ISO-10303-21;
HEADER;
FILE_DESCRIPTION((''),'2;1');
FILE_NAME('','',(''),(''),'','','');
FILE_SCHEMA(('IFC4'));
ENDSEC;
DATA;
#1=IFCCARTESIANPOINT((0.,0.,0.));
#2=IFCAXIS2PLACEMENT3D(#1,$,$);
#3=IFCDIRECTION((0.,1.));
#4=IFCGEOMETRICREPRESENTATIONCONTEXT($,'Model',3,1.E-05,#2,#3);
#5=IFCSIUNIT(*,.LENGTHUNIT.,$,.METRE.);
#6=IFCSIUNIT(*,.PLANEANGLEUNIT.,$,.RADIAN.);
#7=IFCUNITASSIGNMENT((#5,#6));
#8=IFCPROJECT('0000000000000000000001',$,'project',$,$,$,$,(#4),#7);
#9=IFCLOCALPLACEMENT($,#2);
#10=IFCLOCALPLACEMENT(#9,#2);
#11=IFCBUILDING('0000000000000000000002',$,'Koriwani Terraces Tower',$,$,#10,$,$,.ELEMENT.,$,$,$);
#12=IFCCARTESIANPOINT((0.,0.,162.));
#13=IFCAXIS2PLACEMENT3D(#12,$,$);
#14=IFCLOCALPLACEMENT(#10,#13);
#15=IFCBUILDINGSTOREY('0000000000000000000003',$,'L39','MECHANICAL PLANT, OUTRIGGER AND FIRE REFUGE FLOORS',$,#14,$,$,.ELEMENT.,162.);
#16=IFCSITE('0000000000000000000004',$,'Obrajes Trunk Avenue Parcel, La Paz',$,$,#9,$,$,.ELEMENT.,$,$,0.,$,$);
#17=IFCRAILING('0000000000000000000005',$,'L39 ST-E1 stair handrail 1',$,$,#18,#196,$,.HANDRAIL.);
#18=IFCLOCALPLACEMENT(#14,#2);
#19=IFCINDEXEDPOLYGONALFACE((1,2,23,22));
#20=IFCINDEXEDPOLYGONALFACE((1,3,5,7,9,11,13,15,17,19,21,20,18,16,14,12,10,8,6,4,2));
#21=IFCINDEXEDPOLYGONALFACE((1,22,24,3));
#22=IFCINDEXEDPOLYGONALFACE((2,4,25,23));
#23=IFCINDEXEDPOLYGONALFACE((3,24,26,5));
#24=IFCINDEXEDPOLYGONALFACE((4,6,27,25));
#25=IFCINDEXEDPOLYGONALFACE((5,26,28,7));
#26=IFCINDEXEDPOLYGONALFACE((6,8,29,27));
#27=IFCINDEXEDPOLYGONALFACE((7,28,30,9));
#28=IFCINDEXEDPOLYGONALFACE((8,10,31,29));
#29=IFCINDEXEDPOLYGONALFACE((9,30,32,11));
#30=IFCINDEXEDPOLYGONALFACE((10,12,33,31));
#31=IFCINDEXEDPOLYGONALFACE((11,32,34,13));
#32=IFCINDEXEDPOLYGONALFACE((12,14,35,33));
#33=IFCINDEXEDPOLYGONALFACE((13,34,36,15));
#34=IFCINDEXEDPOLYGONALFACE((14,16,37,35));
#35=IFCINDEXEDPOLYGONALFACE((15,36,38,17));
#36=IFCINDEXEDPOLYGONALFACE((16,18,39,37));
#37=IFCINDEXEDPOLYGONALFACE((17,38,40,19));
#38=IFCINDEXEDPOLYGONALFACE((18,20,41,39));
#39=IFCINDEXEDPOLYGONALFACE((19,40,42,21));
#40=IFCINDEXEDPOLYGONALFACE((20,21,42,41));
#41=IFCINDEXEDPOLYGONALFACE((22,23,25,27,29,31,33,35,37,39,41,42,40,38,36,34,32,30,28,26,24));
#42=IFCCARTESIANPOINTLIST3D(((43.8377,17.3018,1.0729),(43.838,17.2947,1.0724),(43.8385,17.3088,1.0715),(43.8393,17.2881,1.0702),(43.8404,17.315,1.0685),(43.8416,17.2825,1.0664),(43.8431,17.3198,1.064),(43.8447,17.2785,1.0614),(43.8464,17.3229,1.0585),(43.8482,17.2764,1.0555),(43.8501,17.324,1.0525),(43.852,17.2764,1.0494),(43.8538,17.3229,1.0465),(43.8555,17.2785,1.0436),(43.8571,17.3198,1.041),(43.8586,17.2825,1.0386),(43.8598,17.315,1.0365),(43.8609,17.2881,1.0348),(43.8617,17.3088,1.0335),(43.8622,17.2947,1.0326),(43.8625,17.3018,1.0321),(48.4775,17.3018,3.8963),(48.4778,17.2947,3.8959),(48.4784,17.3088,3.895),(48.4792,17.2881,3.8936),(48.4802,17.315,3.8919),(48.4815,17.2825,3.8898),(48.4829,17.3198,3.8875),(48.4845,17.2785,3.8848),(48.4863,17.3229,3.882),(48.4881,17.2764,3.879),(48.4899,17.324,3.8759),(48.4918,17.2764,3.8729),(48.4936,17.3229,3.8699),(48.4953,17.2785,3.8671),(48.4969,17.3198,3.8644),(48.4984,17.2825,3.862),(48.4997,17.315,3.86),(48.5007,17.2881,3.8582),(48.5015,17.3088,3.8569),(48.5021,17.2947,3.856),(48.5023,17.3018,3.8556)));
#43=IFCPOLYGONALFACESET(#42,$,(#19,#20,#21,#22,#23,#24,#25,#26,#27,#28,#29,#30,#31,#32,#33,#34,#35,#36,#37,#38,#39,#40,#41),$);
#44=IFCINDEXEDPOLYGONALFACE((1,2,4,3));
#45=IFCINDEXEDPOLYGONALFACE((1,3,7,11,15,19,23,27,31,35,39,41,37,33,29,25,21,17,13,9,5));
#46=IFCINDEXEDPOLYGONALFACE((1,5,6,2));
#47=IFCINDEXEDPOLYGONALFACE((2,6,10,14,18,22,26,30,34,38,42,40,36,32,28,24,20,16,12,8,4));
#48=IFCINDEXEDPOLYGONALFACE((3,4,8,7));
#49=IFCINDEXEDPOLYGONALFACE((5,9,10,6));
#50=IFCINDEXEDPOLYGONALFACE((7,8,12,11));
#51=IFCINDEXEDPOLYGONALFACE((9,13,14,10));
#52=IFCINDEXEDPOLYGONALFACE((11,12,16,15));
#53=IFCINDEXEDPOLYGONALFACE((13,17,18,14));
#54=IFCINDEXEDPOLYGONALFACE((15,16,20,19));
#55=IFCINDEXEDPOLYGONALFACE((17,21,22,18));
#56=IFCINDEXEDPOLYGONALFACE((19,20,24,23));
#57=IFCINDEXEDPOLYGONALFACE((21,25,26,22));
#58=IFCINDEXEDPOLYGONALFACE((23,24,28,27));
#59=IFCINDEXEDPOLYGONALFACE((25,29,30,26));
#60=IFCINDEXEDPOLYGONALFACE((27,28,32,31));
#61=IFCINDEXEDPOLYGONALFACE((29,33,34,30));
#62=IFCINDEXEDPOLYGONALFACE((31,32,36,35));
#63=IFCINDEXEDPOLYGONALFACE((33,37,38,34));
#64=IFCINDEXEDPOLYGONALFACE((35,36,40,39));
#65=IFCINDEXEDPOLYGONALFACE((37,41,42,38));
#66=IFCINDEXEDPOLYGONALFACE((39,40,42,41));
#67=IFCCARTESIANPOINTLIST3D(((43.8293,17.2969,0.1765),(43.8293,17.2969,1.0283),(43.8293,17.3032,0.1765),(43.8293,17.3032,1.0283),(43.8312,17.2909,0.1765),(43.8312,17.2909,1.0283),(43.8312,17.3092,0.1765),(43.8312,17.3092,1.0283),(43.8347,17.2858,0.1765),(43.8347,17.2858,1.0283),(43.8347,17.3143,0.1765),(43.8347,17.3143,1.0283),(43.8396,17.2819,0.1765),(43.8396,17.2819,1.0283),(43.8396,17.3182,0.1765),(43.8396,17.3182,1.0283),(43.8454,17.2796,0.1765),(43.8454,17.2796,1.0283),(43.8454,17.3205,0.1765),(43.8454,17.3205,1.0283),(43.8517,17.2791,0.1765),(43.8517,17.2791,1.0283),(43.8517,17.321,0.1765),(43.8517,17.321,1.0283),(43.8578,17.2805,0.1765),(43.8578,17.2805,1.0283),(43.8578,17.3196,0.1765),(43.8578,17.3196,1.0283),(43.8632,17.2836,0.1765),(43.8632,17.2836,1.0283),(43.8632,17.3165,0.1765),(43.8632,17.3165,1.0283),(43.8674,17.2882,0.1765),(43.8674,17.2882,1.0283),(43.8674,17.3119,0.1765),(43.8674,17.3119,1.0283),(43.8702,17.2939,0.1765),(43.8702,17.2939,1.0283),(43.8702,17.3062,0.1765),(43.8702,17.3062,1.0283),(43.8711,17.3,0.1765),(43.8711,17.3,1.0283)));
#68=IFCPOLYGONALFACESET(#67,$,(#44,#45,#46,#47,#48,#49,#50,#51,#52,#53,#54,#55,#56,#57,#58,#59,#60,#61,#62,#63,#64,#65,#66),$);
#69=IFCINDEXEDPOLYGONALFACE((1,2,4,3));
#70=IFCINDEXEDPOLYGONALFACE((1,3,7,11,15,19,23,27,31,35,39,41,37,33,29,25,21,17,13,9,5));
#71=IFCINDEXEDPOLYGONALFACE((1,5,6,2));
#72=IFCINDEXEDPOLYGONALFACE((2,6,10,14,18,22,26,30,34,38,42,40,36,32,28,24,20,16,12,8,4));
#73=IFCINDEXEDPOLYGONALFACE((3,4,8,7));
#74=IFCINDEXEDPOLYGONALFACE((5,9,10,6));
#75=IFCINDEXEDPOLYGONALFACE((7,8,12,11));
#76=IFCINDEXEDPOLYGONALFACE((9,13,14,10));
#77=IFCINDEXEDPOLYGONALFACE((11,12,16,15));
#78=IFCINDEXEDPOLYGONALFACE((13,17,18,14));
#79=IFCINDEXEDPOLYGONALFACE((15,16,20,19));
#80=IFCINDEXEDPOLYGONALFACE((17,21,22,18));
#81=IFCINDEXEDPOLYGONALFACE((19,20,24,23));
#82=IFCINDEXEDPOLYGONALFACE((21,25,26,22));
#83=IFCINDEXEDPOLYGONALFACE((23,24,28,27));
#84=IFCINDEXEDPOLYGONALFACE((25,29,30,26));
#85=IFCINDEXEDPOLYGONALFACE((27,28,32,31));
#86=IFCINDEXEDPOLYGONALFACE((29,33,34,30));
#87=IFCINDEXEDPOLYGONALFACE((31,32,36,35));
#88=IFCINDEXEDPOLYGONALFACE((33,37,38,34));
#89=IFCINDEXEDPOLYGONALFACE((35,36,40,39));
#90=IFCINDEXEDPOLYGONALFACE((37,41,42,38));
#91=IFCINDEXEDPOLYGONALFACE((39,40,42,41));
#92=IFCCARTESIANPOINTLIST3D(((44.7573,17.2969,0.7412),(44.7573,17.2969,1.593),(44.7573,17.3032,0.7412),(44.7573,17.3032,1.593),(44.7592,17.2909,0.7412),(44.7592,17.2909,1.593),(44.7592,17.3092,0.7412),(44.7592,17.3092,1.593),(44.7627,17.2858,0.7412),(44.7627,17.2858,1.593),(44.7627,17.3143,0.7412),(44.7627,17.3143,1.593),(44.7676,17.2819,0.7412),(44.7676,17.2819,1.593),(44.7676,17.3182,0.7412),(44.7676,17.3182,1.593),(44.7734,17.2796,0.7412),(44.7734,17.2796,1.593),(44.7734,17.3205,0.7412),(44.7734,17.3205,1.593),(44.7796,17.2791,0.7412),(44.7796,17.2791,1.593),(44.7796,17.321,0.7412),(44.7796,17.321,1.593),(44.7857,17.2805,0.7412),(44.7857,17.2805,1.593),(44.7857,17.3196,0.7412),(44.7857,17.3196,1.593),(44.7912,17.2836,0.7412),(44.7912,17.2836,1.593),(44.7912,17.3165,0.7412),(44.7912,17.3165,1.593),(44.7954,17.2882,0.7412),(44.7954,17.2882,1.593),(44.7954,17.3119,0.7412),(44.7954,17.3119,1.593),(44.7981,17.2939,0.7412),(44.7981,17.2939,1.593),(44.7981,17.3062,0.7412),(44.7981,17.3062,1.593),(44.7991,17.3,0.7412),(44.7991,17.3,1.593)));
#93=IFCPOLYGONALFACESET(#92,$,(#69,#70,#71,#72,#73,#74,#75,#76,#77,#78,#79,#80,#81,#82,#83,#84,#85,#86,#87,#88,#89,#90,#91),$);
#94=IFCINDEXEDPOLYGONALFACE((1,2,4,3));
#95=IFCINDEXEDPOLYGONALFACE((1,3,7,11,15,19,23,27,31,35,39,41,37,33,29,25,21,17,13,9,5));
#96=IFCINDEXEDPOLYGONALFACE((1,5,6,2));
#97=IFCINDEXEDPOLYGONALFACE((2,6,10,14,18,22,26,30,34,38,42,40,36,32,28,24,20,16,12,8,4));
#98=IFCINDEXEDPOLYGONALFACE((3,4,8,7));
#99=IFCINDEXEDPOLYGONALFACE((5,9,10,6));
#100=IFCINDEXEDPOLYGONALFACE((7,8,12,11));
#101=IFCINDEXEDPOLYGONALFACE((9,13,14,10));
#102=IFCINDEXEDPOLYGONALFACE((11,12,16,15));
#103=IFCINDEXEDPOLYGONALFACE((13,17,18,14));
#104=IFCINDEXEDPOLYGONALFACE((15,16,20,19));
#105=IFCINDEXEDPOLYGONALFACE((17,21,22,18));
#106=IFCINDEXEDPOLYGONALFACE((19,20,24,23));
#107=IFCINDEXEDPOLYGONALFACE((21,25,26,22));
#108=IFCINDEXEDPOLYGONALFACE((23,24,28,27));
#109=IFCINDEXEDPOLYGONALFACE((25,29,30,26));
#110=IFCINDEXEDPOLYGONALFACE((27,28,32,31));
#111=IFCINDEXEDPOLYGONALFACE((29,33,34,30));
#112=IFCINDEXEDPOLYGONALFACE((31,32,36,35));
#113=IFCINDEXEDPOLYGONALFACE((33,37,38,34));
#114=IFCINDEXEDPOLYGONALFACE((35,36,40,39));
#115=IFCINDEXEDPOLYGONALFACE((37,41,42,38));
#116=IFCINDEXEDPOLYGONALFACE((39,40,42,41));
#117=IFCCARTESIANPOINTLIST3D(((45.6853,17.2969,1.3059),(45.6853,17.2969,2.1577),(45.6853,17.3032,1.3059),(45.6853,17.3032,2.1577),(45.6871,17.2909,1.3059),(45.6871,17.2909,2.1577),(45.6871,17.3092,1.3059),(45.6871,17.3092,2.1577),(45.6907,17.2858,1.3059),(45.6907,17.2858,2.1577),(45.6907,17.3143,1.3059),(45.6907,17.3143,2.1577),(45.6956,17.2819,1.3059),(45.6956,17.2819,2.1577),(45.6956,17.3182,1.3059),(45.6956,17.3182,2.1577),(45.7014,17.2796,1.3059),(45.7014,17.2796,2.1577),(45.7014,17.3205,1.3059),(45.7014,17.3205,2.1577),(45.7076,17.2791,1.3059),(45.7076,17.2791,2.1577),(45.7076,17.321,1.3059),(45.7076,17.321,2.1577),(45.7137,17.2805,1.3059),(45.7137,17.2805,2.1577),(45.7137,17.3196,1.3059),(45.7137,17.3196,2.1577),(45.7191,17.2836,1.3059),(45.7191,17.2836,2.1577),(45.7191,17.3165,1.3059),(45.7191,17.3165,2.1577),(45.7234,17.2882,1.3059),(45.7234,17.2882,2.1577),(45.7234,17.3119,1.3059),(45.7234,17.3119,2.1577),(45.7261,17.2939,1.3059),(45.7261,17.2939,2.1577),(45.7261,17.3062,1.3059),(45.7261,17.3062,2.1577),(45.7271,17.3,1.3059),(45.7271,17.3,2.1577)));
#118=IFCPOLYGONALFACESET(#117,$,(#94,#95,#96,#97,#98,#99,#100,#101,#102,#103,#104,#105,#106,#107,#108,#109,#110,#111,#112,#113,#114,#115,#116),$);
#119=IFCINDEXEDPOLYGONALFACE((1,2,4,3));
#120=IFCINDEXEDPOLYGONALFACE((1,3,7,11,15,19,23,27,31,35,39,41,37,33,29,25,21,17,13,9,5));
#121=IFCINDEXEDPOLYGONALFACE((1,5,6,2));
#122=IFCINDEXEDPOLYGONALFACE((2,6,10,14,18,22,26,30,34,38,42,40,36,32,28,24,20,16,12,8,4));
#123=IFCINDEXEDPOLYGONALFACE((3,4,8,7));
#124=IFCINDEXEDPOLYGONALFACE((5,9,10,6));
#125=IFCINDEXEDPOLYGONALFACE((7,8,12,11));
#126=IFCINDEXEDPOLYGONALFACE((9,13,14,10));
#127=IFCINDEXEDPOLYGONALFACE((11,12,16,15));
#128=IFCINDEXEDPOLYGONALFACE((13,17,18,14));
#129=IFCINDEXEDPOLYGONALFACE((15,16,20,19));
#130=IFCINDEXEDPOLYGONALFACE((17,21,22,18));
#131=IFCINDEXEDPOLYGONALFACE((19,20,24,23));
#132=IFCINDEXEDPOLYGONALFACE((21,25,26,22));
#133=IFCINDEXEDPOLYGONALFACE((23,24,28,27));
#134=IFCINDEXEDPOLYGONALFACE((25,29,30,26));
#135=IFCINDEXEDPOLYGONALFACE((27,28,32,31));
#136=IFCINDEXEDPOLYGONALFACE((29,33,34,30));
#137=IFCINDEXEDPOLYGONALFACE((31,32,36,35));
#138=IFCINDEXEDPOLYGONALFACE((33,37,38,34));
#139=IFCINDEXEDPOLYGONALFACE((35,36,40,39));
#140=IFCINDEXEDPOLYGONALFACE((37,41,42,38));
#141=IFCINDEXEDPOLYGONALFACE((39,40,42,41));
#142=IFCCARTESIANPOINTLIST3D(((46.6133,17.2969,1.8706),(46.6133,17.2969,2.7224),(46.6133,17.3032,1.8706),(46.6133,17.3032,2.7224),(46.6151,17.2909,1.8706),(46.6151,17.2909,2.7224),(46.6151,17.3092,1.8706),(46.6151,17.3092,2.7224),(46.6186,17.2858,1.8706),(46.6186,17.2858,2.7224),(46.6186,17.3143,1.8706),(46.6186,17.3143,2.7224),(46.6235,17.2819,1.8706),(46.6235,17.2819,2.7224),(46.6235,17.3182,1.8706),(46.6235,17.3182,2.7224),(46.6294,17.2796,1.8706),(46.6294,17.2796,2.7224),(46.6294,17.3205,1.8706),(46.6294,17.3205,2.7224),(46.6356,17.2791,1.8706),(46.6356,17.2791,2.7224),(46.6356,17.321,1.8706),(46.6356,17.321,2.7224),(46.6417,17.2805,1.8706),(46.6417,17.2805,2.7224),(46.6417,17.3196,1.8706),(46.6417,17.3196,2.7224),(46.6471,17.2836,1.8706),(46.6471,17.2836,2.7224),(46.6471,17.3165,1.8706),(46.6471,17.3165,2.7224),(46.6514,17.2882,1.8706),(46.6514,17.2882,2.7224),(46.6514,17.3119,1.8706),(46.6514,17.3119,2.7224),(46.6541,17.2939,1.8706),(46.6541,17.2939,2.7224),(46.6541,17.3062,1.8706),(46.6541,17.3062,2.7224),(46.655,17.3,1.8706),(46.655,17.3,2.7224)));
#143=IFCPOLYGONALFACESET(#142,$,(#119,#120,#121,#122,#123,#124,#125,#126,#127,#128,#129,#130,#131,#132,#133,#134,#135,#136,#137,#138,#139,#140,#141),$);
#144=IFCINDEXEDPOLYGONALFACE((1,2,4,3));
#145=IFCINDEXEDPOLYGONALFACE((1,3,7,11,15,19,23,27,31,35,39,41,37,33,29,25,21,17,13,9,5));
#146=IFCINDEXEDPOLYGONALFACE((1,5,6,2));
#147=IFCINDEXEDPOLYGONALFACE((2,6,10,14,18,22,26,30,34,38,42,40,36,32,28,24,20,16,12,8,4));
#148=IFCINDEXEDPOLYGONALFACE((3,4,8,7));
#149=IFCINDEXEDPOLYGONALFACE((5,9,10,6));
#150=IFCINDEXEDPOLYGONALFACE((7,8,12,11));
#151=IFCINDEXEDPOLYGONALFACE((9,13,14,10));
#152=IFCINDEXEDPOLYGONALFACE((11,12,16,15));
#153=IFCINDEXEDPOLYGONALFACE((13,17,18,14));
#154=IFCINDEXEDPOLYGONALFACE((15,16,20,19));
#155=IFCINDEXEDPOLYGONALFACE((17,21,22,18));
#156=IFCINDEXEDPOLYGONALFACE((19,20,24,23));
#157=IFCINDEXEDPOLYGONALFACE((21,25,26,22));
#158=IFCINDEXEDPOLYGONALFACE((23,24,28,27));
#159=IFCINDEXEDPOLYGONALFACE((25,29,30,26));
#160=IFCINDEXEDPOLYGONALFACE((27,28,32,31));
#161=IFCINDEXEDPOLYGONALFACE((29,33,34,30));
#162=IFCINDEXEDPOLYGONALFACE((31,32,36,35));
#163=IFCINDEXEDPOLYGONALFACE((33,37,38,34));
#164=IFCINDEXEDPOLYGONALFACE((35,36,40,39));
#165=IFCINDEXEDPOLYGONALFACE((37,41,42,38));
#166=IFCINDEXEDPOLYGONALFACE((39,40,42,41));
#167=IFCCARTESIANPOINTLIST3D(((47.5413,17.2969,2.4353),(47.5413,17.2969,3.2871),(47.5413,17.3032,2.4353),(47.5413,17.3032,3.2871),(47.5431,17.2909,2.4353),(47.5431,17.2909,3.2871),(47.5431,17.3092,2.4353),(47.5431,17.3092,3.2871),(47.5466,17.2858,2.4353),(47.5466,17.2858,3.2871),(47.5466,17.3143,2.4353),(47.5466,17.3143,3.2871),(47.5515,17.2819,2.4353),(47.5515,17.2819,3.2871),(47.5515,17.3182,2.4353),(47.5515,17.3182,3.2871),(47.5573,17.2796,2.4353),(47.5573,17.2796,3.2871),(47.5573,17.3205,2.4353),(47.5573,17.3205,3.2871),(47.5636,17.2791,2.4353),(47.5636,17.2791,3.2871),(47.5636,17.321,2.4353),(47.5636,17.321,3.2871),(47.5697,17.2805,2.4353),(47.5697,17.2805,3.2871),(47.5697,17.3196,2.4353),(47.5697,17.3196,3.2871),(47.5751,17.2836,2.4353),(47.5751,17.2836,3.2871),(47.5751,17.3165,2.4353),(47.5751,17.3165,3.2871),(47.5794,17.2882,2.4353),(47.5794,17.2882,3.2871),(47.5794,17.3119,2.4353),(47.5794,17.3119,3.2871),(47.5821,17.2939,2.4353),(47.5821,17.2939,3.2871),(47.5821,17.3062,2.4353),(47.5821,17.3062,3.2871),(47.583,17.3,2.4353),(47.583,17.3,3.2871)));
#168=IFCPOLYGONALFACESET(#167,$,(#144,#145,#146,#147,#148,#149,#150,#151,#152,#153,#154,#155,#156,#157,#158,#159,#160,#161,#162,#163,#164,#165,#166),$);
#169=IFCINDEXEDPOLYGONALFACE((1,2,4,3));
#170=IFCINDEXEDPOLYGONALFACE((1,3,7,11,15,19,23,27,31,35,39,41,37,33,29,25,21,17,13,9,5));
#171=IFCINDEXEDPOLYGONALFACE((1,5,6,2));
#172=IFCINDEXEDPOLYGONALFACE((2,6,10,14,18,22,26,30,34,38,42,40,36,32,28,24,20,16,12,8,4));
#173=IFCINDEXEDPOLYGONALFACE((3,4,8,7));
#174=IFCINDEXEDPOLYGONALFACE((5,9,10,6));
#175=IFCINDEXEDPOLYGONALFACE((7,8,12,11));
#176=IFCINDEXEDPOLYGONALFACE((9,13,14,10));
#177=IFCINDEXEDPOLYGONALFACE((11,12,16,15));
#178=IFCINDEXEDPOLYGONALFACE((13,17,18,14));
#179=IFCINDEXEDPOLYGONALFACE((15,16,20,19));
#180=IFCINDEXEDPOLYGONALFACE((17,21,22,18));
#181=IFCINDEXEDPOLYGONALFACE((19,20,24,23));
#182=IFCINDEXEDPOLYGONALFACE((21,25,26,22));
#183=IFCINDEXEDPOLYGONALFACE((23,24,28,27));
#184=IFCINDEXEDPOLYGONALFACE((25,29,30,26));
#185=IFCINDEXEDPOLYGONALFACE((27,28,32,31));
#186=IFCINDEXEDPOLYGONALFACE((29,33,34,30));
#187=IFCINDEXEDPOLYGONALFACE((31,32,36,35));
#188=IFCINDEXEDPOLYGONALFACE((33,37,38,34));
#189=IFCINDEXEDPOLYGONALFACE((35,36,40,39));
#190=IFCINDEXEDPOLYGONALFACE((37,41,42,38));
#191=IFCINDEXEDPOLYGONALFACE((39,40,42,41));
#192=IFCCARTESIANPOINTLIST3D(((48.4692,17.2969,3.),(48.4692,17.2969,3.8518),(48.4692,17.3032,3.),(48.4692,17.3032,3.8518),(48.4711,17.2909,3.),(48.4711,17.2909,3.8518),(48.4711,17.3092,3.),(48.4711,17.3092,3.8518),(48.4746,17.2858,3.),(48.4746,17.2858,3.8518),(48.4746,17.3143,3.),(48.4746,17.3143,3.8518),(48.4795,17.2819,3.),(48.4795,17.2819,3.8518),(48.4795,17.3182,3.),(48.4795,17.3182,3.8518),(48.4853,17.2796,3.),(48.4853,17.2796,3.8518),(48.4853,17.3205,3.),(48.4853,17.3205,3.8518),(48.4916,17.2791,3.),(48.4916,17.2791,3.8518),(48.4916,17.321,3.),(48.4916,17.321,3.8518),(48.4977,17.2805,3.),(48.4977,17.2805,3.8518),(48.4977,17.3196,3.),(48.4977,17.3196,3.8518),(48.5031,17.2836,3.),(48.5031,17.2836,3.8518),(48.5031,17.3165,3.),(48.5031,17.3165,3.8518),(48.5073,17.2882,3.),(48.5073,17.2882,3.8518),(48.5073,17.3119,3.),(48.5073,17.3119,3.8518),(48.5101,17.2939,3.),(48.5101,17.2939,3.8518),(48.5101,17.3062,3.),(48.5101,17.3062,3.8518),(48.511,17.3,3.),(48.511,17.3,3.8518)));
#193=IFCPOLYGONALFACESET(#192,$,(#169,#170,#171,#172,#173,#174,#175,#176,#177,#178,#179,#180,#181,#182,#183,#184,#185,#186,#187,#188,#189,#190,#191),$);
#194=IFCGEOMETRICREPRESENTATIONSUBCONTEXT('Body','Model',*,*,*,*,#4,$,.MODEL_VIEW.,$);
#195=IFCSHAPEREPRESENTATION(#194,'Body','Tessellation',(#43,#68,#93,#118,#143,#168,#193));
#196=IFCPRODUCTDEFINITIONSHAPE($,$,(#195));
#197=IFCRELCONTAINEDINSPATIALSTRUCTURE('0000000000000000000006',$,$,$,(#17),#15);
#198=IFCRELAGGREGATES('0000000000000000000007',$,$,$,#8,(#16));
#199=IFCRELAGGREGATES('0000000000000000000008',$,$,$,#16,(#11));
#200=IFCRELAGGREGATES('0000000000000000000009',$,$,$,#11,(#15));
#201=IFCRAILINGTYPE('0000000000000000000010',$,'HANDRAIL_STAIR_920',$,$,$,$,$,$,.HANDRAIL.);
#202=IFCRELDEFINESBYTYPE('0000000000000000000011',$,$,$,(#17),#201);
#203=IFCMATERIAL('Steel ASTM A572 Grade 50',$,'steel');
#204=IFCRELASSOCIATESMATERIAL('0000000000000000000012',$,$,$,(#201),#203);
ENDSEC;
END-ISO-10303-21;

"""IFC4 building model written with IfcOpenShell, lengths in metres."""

from ifc_helpers import new_model, si_unit, direction, frame, origin, origin_2d, place, context, subcontext, project, spatial, circle, extrude, material, type_object, element, save


model = new_model("IFC4")

# Units and contexts
model_context = context("Model", 3, precision=1e-05, world=origin(), true_north=direction((0.0, 1.0)))
body_context = subcontext(model_context, "Body", "Model", "MODEL_VIEW")
ifc_project = project(units=[si_unit("LENGTHUNIT", "METRE"), si_unit("PLANEANGLEUNIT", "RADIAN")], contexts=[model_context])

# Site, building, storey
site_placement = place(None, origin())
site = spatial("IfcSite", under=ifc_project, at=site_placement, Name="Obrajes Trunk Avenue Parcel, La Paz", CompositionType="ELEMENT", RefElevation=0.0)
building_placement = place(site_placement, origin())
building = spatial("IfcBuilding", under=site, at=building_placement, Name="Koriwani Terraces Tower", CompositionType="ELEMENT")
storey_placement = place(building_placement, frame((0.0, 0.0, 162.0)))
storey = spatial("IfcBuildingStorey", under=building, at=storey_placement, Name="L39", Description="MECHANICAL PLANT, OUTRIGGER AND FIRE REFUGE FLOORS", CompositionType="ELEMENT", Elevation=162.0)

# Shared definitions
ifc_material_1 = material(Name="Steel ASTM A572 Grade 50", Category="steel")

# Railing
railing_type_1 = type_object("IfcRailingType", Name="HANDRAIL_STAIR_920", PredefinedType="HANDRAIL", material=ifc_material_1)
railing_1_placement = place(storey_placement, frame((43.8501, 17.3, 0.1765)))
element("IfcRailing", 1, at=railing_1_placement, inside=storey, type_object=railing_type_1, Name="L39 ST-E1 stair handrail 1", PredefinedType="HANDRAIL", context=body_context, shape_type="SweptSolid", body=[
    extrude(circle(Radius=0.0239, at=origin_2d()), frame((0.0, 0.0, 0.876), z_axis=(0.854264, 0.0, 0.51984), x_axis=(0.0, 1.0, 0.0)), (0.0, 0.0, 1.0), 5.4314),
    extrude(circle(Radius=0.021, at=origin_2d()), origin(), (0.0, 0.0, 1.0), 0.8518),
    extrude(circle(Radius=0.021, at=origin_2d()), frame((0.928, 0.0, 0.5647)), (0.0, 0.0, 1.0), 0.8518),
    extrude(circle(Radius=0.021, at=origin_2d()), frame((1.856, 0.0, 1.1294)), (0.0, 0.0, 1.0), 0.8518),
    extrude(circle(Radius=0.021, at=origin_2d()), frame((2.7839, 0.0, 1.6941)), (0.0, 0.0, 1.0), 0.8518),
    extrude(circle(Radius=0.021, at=origin_2d()), frame((3.7119, 0.0, 2.2588)), (0.0, 0.0, 1.0), 0.8518),
    extrude(circle(Radius=0.021, at=origin_2d()), frame((4.6399, 0.0, 2.8235)), (0.0, 0.0, 1.0), 0.8518),
])

save(model, "model.ifc")
